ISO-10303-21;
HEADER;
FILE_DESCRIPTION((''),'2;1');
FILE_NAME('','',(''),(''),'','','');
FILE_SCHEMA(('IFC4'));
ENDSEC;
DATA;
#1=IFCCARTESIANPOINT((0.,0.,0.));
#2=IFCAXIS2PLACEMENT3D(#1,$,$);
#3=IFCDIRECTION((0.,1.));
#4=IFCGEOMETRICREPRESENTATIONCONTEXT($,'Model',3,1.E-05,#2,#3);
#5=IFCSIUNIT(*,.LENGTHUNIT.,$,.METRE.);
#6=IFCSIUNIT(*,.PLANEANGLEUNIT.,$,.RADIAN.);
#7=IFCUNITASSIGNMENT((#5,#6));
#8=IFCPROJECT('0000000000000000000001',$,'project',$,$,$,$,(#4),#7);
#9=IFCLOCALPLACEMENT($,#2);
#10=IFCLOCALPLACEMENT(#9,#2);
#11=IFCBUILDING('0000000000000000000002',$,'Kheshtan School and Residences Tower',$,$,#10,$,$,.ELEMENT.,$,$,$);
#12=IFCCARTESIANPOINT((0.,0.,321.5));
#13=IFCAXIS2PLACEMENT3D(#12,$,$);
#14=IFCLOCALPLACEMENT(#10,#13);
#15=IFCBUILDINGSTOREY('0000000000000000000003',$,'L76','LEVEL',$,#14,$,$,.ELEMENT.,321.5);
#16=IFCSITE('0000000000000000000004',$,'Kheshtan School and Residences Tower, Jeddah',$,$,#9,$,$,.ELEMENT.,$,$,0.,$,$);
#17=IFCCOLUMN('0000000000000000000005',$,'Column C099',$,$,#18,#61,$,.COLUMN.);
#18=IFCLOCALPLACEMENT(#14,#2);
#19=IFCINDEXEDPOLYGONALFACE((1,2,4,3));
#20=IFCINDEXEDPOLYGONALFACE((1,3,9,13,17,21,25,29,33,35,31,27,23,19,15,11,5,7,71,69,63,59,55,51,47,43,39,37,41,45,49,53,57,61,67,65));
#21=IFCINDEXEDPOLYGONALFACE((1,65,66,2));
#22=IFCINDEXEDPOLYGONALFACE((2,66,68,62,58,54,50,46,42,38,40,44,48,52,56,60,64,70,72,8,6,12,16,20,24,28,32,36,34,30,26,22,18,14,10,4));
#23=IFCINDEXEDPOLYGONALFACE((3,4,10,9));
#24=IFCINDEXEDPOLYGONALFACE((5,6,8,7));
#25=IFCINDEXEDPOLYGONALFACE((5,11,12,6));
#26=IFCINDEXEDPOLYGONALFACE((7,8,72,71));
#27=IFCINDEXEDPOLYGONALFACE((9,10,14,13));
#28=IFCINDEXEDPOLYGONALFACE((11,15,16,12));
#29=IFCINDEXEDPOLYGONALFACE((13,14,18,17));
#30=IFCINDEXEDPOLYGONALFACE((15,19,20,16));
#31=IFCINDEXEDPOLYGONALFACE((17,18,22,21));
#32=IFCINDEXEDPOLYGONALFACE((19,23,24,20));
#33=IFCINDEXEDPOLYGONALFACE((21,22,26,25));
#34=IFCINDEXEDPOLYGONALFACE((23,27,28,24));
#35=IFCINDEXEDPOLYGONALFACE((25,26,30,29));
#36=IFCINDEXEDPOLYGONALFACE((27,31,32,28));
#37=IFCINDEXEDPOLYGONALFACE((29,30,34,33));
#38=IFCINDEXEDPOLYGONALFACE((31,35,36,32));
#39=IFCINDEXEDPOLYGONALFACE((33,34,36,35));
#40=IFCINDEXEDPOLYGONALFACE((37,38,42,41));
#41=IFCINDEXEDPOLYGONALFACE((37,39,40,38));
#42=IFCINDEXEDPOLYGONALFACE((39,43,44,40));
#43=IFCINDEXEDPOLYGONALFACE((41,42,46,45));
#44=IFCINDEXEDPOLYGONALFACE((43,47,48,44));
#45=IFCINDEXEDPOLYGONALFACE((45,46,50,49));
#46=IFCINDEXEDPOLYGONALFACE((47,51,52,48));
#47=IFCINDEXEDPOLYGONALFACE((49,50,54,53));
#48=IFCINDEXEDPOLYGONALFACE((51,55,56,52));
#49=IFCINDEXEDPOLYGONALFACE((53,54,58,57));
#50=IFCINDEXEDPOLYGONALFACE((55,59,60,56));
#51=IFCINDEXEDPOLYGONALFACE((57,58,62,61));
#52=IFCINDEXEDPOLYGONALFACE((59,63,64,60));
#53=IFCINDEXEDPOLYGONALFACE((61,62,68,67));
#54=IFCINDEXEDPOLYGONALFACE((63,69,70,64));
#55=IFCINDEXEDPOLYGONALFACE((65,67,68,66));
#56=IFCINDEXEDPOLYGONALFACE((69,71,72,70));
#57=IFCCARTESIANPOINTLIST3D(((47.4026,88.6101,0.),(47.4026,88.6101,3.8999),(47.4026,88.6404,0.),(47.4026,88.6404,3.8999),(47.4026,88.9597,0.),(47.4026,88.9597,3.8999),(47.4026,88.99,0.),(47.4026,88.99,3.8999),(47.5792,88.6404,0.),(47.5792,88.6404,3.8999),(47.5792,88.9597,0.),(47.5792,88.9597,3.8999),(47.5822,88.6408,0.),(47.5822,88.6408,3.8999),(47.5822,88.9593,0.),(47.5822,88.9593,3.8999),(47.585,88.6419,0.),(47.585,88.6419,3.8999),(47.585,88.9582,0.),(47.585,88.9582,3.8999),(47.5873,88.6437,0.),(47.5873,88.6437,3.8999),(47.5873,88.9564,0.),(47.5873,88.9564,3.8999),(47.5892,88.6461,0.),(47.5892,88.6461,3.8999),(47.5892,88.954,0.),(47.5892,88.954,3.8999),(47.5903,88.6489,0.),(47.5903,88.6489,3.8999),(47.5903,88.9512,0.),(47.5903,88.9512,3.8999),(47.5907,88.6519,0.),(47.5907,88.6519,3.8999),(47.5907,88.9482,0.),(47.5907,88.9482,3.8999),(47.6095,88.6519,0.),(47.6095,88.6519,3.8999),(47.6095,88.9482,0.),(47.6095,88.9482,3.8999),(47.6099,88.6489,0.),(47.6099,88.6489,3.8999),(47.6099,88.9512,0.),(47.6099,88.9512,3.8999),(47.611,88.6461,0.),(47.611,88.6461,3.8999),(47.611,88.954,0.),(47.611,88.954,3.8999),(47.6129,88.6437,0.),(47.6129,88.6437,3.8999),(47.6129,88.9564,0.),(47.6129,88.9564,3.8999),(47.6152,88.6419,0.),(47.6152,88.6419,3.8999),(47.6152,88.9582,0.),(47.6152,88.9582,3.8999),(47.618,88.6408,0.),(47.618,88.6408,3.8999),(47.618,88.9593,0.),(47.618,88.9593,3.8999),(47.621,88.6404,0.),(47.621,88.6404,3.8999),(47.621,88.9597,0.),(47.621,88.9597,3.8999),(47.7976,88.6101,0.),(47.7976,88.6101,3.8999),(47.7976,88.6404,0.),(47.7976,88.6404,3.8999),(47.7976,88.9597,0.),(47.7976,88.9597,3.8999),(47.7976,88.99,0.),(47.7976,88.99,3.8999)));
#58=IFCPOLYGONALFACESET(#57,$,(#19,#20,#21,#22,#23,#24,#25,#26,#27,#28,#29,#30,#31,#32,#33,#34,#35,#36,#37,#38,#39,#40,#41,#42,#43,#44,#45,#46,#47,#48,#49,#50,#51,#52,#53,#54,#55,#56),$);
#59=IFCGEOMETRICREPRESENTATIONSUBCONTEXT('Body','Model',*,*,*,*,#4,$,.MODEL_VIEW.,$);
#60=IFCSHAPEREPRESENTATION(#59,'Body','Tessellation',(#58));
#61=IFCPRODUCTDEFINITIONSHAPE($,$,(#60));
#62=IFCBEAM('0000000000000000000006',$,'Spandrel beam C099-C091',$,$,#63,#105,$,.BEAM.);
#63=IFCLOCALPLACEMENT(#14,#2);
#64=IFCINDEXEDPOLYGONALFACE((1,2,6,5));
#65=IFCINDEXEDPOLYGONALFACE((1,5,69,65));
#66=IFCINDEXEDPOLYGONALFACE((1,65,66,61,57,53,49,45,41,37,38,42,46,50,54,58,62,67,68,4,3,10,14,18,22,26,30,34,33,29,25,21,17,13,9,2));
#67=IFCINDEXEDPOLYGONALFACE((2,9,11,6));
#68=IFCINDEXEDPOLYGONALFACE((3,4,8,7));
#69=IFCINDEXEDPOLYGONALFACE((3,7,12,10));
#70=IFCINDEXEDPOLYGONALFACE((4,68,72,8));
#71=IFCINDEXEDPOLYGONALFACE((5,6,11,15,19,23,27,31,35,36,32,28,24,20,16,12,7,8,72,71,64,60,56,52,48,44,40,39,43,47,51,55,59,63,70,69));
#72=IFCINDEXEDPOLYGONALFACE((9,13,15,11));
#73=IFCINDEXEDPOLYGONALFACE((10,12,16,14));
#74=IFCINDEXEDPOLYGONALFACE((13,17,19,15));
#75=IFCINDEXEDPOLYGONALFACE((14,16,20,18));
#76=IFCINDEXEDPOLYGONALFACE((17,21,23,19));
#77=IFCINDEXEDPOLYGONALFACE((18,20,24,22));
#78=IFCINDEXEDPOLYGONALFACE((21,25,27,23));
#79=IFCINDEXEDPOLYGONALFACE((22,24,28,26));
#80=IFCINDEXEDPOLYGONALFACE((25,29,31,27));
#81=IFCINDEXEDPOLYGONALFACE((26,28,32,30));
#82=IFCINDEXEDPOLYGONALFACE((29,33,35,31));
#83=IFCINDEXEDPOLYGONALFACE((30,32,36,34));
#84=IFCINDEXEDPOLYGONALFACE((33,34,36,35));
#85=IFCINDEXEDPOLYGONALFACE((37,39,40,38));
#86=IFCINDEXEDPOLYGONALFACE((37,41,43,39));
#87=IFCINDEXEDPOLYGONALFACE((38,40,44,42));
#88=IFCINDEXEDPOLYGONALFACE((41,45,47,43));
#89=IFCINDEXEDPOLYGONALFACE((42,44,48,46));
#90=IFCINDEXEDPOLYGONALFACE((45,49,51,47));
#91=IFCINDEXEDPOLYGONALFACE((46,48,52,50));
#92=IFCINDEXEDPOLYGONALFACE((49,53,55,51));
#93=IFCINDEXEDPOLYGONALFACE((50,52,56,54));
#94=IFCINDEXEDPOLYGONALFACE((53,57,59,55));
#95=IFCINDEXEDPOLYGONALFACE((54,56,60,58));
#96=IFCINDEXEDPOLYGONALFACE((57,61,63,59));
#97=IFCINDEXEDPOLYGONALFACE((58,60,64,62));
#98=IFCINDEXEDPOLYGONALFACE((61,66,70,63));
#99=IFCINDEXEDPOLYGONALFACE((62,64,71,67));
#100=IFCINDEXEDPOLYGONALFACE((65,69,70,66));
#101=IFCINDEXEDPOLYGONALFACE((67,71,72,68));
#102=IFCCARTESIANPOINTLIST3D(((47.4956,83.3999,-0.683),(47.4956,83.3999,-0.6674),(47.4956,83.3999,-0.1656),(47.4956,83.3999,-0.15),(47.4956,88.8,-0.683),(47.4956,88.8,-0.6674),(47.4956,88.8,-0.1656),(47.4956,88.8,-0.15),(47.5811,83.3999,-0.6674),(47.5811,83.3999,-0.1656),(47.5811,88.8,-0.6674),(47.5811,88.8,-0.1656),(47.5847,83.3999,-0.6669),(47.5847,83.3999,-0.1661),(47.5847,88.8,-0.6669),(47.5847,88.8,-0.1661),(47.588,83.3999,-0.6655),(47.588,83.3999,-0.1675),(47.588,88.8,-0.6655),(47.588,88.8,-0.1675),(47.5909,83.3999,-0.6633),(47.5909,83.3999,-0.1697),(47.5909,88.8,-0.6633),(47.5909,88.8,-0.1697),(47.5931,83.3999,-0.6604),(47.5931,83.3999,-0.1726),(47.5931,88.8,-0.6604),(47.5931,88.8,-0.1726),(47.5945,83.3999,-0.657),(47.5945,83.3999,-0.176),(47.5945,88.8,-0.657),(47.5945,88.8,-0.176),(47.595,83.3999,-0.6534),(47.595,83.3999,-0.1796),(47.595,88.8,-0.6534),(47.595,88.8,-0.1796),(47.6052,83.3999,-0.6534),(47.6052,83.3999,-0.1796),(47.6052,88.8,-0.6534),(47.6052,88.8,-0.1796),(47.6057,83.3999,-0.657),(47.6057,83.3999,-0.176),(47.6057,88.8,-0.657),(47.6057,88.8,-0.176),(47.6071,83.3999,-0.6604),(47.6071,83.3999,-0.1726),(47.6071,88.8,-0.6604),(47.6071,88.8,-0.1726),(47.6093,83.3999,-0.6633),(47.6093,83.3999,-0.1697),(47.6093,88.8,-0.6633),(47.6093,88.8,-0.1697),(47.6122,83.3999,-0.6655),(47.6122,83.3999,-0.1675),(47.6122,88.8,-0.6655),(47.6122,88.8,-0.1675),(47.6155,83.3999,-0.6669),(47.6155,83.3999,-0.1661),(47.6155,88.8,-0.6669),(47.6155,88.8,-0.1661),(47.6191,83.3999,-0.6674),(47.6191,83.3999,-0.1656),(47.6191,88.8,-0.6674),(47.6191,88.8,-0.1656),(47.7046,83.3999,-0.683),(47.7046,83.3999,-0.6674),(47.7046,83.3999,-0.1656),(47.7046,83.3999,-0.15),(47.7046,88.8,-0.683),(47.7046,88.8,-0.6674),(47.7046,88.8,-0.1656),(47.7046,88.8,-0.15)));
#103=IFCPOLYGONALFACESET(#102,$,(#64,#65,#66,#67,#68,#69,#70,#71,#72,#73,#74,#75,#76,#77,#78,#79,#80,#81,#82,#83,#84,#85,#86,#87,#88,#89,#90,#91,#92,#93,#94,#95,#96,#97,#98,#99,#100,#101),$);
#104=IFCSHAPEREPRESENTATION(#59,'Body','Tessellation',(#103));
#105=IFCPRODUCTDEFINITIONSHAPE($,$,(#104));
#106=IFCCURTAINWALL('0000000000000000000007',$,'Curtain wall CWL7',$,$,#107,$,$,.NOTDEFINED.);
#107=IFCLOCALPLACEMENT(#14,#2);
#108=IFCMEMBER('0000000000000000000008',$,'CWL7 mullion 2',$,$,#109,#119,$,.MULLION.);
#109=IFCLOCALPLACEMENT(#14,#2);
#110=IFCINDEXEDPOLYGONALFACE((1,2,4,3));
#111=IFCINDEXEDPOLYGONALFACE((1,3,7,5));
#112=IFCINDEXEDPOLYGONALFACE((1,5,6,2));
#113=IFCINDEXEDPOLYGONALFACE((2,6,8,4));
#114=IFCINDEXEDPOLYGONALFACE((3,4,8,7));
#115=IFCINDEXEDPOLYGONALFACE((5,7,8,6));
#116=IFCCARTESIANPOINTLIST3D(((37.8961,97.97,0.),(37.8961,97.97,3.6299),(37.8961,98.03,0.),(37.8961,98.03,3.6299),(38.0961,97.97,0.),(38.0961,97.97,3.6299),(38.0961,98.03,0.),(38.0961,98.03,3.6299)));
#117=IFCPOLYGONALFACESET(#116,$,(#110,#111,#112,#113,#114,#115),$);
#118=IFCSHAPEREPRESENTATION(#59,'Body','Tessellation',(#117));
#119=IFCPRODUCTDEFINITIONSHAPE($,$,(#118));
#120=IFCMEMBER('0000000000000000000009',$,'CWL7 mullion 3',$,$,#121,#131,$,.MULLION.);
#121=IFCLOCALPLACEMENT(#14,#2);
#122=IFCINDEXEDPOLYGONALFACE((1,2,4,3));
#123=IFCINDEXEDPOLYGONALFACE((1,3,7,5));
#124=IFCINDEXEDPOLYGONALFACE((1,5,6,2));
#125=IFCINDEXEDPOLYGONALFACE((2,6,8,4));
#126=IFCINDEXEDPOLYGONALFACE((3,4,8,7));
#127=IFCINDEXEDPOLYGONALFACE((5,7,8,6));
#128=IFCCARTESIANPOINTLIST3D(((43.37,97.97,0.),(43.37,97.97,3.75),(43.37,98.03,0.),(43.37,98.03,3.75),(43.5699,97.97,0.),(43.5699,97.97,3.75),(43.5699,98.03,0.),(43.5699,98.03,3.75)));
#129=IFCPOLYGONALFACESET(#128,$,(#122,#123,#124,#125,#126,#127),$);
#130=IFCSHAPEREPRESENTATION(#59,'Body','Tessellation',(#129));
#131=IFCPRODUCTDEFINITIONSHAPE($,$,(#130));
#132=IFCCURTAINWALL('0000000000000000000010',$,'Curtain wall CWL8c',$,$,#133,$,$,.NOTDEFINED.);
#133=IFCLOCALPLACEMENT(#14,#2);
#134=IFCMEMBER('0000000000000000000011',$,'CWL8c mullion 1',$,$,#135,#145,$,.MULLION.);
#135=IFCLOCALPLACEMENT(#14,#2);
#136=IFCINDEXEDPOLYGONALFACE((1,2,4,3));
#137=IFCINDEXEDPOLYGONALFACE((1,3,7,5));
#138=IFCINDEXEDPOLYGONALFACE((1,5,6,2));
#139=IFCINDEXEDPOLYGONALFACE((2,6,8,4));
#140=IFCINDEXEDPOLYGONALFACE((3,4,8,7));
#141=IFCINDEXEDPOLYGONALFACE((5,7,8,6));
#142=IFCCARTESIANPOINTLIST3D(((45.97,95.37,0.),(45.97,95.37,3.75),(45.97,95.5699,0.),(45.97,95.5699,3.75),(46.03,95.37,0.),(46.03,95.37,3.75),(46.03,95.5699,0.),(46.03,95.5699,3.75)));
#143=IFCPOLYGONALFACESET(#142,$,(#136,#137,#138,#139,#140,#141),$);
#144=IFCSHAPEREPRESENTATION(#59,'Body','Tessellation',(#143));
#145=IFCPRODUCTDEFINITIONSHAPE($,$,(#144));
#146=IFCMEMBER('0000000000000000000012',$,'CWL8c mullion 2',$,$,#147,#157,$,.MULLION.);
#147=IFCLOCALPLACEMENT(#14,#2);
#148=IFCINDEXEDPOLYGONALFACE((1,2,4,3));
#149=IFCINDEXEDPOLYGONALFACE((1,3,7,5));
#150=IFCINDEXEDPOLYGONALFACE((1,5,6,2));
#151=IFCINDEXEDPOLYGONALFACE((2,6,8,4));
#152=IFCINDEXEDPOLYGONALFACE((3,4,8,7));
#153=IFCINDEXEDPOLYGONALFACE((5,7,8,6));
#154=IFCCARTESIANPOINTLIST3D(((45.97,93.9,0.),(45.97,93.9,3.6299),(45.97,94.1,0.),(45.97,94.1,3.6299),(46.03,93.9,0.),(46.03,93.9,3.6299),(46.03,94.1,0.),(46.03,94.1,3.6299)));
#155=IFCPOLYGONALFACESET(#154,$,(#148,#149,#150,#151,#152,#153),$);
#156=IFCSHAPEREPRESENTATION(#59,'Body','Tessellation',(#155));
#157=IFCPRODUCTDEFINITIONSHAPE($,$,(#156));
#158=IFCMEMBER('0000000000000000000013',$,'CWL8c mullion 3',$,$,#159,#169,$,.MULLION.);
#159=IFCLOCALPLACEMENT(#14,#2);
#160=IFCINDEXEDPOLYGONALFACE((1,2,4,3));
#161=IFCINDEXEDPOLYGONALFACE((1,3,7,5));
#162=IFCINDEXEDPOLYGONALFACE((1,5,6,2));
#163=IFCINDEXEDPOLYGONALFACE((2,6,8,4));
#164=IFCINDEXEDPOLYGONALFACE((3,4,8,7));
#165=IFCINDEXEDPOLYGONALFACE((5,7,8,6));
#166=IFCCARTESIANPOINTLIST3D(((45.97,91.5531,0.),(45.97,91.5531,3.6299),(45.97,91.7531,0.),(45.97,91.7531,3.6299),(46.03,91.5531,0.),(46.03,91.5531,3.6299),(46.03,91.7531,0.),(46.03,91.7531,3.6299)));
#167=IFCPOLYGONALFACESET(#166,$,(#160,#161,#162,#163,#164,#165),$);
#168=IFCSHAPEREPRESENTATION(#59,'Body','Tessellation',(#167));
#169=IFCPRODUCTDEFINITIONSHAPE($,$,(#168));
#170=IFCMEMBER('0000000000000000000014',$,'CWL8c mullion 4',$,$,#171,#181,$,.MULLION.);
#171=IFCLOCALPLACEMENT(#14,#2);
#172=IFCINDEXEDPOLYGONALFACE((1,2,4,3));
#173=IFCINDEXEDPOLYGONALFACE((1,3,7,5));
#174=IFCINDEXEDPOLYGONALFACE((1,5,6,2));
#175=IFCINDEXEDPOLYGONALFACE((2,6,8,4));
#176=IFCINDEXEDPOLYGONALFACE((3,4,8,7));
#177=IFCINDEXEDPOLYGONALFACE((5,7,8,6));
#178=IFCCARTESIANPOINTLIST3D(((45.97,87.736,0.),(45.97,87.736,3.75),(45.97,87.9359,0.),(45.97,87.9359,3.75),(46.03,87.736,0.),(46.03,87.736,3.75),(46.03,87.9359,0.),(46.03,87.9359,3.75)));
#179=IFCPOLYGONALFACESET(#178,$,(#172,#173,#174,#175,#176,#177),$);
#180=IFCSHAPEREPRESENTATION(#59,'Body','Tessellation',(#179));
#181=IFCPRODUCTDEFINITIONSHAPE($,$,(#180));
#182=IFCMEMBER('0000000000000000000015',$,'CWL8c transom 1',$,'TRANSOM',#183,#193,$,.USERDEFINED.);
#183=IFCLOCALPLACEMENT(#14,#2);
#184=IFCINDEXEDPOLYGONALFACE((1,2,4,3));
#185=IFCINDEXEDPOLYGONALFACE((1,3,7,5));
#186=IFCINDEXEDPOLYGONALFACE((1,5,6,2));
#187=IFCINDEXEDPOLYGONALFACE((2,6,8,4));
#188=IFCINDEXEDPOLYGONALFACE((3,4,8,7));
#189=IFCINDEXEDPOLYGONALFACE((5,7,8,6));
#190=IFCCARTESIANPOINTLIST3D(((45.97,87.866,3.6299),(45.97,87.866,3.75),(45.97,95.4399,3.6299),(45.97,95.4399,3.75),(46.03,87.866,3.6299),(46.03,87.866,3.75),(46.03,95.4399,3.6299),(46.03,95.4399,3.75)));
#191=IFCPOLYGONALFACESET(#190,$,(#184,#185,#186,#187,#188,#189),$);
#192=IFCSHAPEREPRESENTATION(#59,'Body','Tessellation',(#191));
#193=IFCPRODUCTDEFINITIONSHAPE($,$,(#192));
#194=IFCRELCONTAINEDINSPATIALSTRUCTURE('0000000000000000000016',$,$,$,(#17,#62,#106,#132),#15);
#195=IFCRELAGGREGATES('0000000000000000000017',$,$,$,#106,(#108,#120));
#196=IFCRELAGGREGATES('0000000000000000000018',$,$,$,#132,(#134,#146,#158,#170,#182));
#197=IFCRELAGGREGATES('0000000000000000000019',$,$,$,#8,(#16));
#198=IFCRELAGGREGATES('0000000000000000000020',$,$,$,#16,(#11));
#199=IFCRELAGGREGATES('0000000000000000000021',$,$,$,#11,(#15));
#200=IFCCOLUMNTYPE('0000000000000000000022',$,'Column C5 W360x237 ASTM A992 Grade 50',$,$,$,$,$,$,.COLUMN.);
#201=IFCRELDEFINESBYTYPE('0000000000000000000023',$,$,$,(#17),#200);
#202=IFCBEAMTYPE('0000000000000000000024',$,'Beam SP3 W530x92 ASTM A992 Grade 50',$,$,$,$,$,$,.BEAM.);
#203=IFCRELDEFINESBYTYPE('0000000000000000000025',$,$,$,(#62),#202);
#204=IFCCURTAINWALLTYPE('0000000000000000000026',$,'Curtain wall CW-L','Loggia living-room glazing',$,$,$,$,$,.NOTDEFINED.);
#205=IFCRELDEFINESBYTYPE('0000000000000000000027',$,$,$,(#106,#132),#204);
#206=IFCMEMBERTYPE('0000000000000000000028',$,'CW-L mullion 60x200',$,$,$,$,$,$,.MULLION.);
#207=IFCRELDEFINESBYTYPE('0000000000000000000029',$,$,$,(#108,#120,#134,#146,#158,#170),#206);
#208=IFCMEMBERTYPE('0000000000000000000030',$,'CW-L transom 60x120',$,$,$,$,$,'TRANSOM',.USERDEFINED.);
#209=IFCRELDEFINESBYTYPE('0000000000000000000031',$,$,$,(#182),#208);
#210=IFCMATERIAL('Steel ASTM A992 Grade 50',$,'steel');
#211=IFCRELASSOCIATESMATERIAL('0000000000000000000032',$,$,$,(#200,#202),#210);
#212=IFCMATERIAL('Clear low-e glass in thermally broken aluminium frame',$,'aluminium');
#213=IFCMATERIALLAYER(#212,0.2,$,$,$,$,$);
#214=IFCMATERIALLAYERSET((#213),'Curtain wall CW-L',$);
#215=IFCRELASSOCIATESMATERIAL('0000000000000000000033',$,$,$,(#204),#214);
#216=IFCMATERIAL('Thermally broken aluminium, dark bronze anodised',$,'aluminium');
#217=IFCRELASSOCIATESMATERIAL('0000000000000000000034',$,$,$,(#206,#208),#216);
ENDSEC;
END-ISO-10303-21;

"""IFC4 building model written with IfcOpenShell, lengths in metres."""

from ifc_helpers import new_model, si_unit, direction, frame, origin, origin_2d, place, context, subcontext, project, spatial, rectangle, i_section, extrude, material, layer, layer_set, material_profile, profile_set, type_object, element, aggregate, save


model = new_model("IFC4")

# Units and contexts
model_context = context("Model", 3, precision=1e-05, world=origin(), true_north=direction((0.0, 1.0)))
body_context = subcontext(model_context, "Body", "Model", "MODEL_VIEW")
ifc_project = project(units=[si_unit("LENGTHUNIT", "METRE"), si_unit("PLANEANGLEUNIT", "RADIAN")], contexts=[model_context])

# Site, building, storey
site_placement = place(None, origin())
site = spatial("IfcSite", under=ifc_project, at=site_placement, Name="Kheshtan School and Residences Tower, Jeddah", CompositionType="ELEMENT", RefElevation=0.0)
building_placement = place(site_placement, origin())
building = spatial("IfcBuilding", under=site, at=building_placement, Name="Kheshtan School and Residences Tower", CompositionType="ELEMENT")
storey_placement = place(building_placement, frame((0.0, 0.0, 321.5)))
storey = spatial("IfcBuildingStorey", under=building, at=storey_placement, Name="L76", Description="LEVEL", CompositionType="ELEMENT", Elevation=321.5)

# Column
ifc_material_1 = material(Name="Steel ASTM A992 Grade 50", Category="steel")
ifc_material_profile_1 = material_profile(ifc_material_1, i_section(OverallWidth=0.395, OverallDepth=0.3799, WebThickness=0.0188, FlangeThickness=0.0303, FilletRadius=0.0115, at=origin_2d()), Name="W360x237")
ifc_profile_set_1 = profile_set([ifc_material_profile_1], Name="Steel ASTM A992 Grade 50")
column_type = type_object("IfcColumnType", Name="Column C5 W360x237 ASTM A992 Grade 50", PredefinedType="COLUMN", material=ifc_profile_set_1)
column_placement = place(storey_placement, frame((47.6001, 88.8, 0.0), z_axis=(0.0, 0.0, 1.0), x_axis=(1.0, 0.0, 0.0)))
element("IfcColumn", 1, at=column_placement, inside=storey, type_object=column_type, Name="Column C099", PredefinedType="COLUMN", context=body_context, shape_type="SweptSolid", body=[
    extrude(i_section(OverallWidth=0.395, OverallDepth=0.3799, WebThickness=0.0188, FlangeThickness=0.0303, FilletRadius=0.0115, at=origin_2d()), origin(), (0.0, 0.0, 1.0), 3.8999),
])

# Beam
ifc_material_profile_2 = material_profile(ifc_material_1, i_section(OverallWidth=0.209, OverallDepth=0.533, WebThickness=0.0103, FlangeThickness=0.0156, FilletRadius=0.0139, at=origin_2d()), Name="W530x92")
ifc_profile_set_2 = profile_set([ifc_material_profile_2], Name="Steel ASTM A992 Grade 50")
beam_type = type_object("IfcBeamType", Name="Beam SP3 W530x92 ASTM A992 Grade 50", PredefinedType="BEAM", material=ifc_profile_set_2)
beam_placement = place(storey_placement, frame((47.6001, 88.8, -0.4165), z_axis=(0.0, -1.0, 0.0), x_axis=(1.0, 0.0, 0.0)))
element("IfcBeam", 2, at=beam_placement, inside=storey, type_object=beam_type, Name="Spandrel beam C099-C091", PredefinedType="BEAM", context=body_context, shape_type="SweptSolid", body=[
    extrude(i_section(OverallWidth=0.209, OverallDepth=0.533, WebThickness=0.0103, FlangeThickness=0.0156, FilletRadius=0.0139, at=origin_2d()), origin(), (0.0, 0.0, 1.0), 5.4001),
])

# Curtain walls, members
ifc_material_2 = material(Name="Clear low-e glass in thermally broken aluminium frame", Category="aluminium")
ifc_layer_1 = layer(ifc_material_2, 0.2)
ifc_layer_set_1 = layer_set([ifc_layer_1], Name="Curtain wall CW-L")
curtain_wall_type = type_object("IfcCurtainWallType", Name="Curtain wall CW-L", Description="Loggia living-room glazing", PredefinedType="NOTDEFINED", material=ifc_layer_set_1)
curtain_wall_1_placement = place(storey_placement, origin())
curtain_wall_1 = element("IfcCurtainWall", 3, at=curtain_wall_1_placement, inside=storey, type_object=curtain_wall_type, Name="Curtain wall CWL7", PredefinedType="NOTDEFINED")
ifc_material_3 = material(Name="Thermally broken aluminium, dark bronze anodised", Category="aluminium")
ifc_material_profile_3 = material_profile(ifc_material_3, rectangle(XDim=0.0601, YDim=0.2, at=origin_2d()), Name="CW-L mullion 60x200")
ifc_profile_set_3 = profile_set([ifc_material_profile_3], Name="Thermally broken aluminium, dark bronze anodised")
member_type_1 = type_object("IfcMemberType", Name="CW-L mullion 60x200", PredefinedType="MULLION", material=ifc_profile_set_3)
member_1_placement = place(storey_placement, frame((37.9961, 98.0, 0.0), z_axis=(0.0, 0.0, 1.0), x_axis=(0.0, 1.0, 0.0)))
member_1 = element("IfcMember", 4, at=member_1_placement, type_object=member_type_1, Name="CWL7 mullion 2", PredefinedType="MULLION", context=body_context, shape_type="SweptSolid", body=[
    extrude(rectangle(XDim=0.0601, YDim=0.2, at=origin_2d()), origin(), (0.0, 0.0, 1.0), 3.6299),
])
member_2_placement = place(storey_placement, frame((43.47, 98.0, 0.0), z_axis=(0.0, 0.0, 1.0), x_axis=(0.0, 1.0, 0.0)))
member_2 = element("IfcMember", 5, at=member_2_placement, type_object=member_type_1, Name="CWL7 mullion 3", PredefinedType="MULLION", context=body_context, shape_type="SweptSolid", body=[
    extrude(rectangle(XDim=0.0601, YDim=0.2, at=origin_2d()), origin(), (0.0, 0.0, 1.0), 3.75),
])
curtain_wall_2_placement = place(storey_placement, origin())
curtain_wall_2 = element("IfcCurtainWall", 6, at=curtain_wall_2_placement, inside=storey, type_object=curtain_wall_type, Name="Curtain wall CWL8c", PredefinedType="NOTDEFINED")
member_3_placement = place(storey_placement, frame((46.0, 95.47, 0.0), z_axis=(0.0, 0.0, 1.0), x_axis=(1.0, 0.0, 0.0)))
member_3 = element("IfcMember", 7, at=member_3_placement, type_object=member_type_1, Name="CWL8c mullion 1", PredefinedType="MULLION", context=body_context, shape_type="SweptSolid", body=[
    extrude(rectangle(XDim=0.0601, YDim=0.2, at=origin_2d()), origin(), (0.0, 0.0, 1.0), 3.75),
])
member_4_placement = place(storey_placement, frame((46.0, 94.0, 0.0), z_axis=(0.0, 0.0, 1.0), x_axis=(1.0, 0.0, 0.0)))
member_4 = element("IfcMember", 8, at=member_4_placement, type_object=member_type_1, Name="CWL8c mullion 2", PredefinedType="MULLION", context=body_context, shape_type="SweptSolid", body=[
    extrude(rectangle(XDim=0.0601, YDim=0.2, at=origin_2d()), origin(), (0.0, 0.0, 1.0), 3.6299),
])
member_5_placement = place(storey_placement, frame((46.0, 91.6531, 0.0), z_axis=(0.0, 0.0, 1.0), x_axis=(1.0, 0.0, 0.0)))
member_5 = element("IfcMember", 9, at=member_5_placement, type_object=member_type_1, Name="CWL8c mullion 3", PredefinedType="MULLION", context=body_context, shape_type="SweptSolid", body=[
    extrude(rectangle(XDim=0.0601, YDim=0.2, at=origin_2d()), origin(), (0.0, 0.0, 1.0), 3.6299),
])
member_6_placement = place(storey_placement, frame((46.0, 87.8359, 0.0), z_axis=(0.0, 0.0, 1.0), x_axis=(1.0, 0.0, 0.0)))
member_6 = element("IfcMember", 10, at=member_6_placement, type_object=member_type_1, Name="CWL8c mullion 4", PredefinedType="MULLION", context=body_context, shape_type="SweptSolid", body=[
    extrude(rectangle(XDim=0.0601, YDim=0.2, at=origin_2d()), origin(), (0.0, 0.0, 1.0), 3.75),
])
ifc_material_profile_4 = material_profile(ifc_material_3, rectangle(XDim=0.0601, YDim=0.1201, at=origin_2d()), Name="CW-L transom 60x120")
ifc_profile_set_4 = profile_set([ifc_material_profile_4], Name="Thermally broken aluminium, dark bronze anodised")
member_type_2 = type_object("IfcMemberType", Name="CW-L transom 60x120", ElementType="TRANSOM", PredefinedType="USERDEFINED", material=ifc_profile_set_4)
member_7_placement = place(storey_placement, frame((46.0, 95.4399, 3.6899), z_axis=(0.0, -1.0, 0.0), x_axis=(1.0, 0.0, 0.0)))
member_7 = element("IfcMember", 11, at=member_7_placement, type_object=member_type_2, Name="CWL8c transom 1", ObjectType="TRANSOM", PredefinedType="USERDEFINED", context=body_context, shape_type="SweptSolid", body=[
    extrude(rectangle(XDim=0.0601, YDim=0.1201, at=origin_2d()), origin(), (0.0, 0.0, 1.0), 7.574),
])

aggregate(curtain_wall_1, [member_1, member_2])
aggregate(curtain_wall_2, [member_3, member_4, member_5, member_6, member_7])

save(model, "model.ifc")
